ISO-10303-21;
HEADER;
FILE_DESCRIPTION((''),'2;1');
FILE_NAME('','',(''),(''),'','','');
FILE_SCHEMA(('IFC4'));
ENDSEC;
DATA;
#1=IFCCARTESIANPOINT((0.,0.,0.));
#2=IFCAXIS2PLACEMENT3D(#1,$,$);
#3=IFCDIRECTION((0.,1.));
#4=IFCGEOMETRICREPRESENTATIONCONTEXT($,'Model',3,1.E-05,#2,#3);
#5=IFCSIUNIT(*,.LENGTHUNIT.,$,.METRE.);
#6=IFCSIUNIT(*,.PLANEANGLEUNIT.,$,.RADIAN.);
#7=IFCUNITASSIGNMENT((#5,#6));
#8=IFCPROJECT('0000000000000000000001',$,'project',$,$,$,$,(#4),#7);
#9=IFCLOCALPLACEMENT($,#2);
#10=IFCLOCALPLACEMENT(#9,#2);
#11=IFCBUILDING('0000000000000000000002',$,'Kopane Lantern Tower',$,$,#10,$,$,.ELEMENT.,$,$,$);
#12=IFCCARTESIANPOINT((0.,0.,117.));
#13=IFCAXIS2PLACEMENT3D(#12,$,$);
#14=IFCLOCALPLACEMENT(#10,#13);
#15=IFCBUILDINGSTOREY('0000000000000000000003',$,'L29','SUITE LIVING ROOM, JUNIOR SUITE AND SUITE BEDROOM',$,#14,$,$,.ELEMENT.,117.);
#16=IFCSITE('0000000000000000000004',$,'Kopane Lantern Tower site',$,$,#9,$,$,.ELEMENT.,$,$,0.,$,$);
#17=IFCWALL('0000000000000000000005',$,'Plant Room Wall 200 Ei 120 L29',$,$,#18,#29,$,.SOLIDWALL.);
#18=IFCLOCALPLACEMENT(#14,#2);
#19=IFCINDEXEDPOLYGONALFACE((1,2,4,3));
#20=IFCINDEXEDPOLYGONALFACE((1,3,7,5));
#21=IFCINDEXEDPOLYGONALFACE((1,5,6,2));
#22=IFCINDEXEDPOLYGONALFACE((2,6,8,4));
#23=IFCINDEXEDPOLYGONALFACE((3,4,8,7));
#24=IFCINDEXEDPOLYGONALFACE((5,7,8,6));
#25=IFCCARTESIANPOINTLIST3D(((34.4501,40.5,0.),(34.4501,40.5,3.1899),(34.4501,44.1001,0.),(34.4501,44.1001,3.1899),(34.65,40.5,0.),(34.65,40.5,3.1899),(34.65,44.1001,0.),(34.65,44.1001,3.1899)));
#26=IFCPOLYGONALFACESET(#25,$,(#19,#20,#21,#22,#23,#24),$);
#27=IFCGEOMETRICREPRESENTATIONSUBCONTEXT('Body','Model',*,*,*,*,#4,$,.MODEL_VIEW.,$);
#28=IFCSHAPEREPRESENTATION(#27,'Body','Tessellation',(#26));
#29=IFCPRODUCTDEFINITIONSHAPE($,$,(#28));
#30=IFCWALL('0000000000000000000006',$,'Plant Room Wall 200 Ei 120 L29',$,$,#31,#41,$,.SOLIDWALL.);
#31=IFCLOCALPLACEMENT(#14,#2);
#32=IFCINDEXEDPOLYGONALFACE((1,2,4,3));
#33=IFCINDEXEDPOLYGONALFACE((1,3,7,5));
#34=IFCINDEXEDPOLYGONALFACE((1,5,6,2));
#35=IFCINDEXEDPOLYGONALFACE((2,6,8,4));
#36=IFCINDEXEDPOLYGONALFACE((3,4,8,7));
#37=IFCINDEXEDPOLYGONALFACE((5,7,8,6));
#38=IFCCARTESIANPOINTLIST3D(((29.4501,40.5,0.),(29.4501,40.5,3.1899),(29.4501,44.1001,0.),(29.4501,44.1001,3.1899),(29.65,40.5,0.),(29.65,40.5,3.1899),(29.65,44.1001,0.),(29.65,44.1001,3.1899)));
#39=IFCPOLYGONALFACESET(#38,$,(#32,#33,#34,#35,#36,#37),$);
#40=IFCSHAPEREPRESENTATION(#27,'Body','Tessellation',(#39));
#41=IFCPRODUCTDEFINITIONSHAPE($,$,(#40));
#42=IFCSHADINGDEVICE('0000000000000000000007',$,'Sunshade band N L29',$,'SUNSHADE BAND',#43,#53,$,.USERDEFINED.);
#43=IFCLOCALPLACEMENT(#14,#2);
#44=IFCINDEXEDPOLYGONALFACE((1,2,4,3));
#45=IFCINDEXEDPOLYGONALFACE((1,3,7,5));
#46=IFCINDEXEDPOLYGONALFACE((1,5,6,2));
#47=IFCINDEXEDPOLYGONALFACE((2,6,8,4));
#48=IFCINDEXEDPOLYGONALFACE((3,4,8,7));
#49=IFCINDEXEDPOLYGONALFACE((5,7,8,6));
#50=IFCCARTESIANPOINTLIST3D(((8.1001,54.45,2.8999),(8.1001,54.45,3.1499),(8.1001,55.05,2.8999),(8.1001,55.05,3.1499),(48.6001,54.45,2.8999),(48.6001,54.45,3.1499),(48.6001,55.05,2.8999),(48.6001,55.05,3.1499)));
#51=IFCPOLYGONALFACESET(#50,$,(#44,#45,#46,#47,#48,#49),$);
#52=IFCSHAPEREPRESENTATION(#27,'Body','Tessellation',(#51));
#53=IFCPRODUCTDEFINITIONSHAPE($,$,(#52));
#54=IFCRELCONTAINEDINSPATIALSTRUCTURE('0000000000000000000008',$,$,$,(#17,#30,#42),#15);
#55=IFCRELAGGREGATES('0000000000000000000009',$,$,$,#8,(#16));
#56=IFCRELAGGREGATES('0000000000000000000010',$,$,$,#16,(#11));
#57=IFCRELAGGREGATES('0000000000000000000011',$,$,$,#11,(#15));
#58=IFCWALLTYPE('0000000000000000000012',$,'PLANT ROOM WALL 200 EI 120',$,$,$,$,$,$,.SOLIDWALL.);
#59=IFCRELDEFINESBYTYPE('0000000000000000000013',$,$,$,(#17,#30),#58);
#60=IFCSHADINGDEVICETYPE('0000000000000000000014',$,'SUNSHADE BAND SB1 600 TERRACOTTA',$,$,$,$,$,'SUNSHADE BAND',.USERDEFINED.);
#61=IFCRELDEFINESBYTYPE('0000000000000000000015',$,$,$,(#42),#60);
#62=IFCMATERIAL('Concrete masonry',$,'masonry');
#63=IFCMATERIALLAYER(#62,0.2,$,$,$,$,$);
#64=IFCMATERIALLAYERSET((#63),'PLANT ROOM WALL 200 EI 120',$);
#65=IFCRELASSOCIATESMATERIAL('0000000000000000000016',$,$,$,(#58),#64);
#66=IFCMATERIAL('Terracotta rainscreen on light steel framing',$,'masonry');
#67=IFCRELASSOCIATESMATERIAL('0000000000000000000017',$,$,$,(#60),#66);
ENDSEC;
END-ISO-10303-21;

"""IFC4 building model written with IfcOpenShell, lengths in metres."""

from ifc_helpers import new_model, si_unit, direction, frame, frame_2d, origin, origin_2d, place, context, subcontext, project, spatial, rectangle, extrude, material, layer, layer_set, type_object, element, save


model = new_model("IFC4")

# Units and contexts
model_context = context("Model", 3, precision=1e-05, world=origin(), true_north=direction((0.0, 1.0)))
body_context = subcontext(model_context, "Body", "Model", "MODEL_VIEW")
ifc_project = project(units=[si_unit("LENGTHUNIT", "METRE"), si_unit("PLANEANGLEUNIT", "RADIAN")], contexts=[model_context])

# Site, building, storey
site_placement = place(None, origin())
site = spatial("IfcSite", under=ifc_project, at=site_placement, Name="Kopane Lantern Tower site", CompositionType="ELEMENT", RefElevation=0.0)
building_placement = place(site_placement, origin())
building = spatial("IfcBuilding", under=site, at=building_placement, Name="Kopane Lantern Tower", CompositionType="ELEMENT")
storey_placement = place(building_placement, frame((0.0, 0.0, 117.0)))
storey = spatial("IfcBuildingStorey", under=building, at=storey_placement, Name="L29", Description="SUITE LIVING ROOM, JUNIOR SUITE AND SUITE BEDROOM", CompositionType="ELEMENT", Elevation=117.0)

# Walls
ifc_material_1 = material(Name="Concrete masonry", Category="masonry")
ifc_layer_1 = layer(ifc_material_1, 0.2)
ifc_layer_set_1 = layer_set([ifc_layer_1], Name="PLANT ROOM WALL 200 EI 120")
wall_type_1 = type_object("IfcWallType", Name="PLANT ROOM WALL 200 EI 120", PredefinedType="SOLIDWALL", material=ifc_layer_set_1)
for number, where, z_axis, x_axis, name in (
    (1, (34.55, 44.1001, 0.0), (0.0, 0.0, 1.0), (0.0, -1.0, 0.0), "Plant Room Wall 200 Ei 120 L29"),
    (2, (29.55, 40.5, 0.0), (0.0, 0.0, 1.0), (0.0, 1.0, 0.0), "Plant Room Wall 200 Ei 120 L29"),
):
    element("IfcWall", number, at=place(storey_placement, frame(where, z_axis=z_axis, x_axis=x_axis)), inside=storey, type_object=wall_type_1, Name=name, PredefinedType="SOLIDWALL", context=body_context, shape_type="SweptSolid", body=[
        extrude(rectangle(XDim=3.6001, YDim=0.2, at=frame_2d((1.8, 0.0))), origin(), (0.0, 0.0, 1.0), 3.1899),
    ])

# Shading device
ifc_material_2 = material(Name="Terracotta rainscreen on light steel framing", Category="masonry")
shading_device_type = type_object("IfcShadingDeviceType", Name="SUNSHADE BAND SB1 600 TERRACOTTA", ElementType="SUNSHADE BAND", PredefinedType="USERDEFINED", material=ifc_material_2)
shading_device_placement = place(storey_placement, frame((28.3501, 54.75, 2.8999), z_axis=(0.0, 0.0, 1.0), x_axis=(-1.0, 0.0, 0.0)))
element("IfcShadingDevice", 3, at=shading_device_placement, inside=storey, type_object=shading_device_type, Name="Sunshade band N L29", ObjectType="SUNSHADE BAND", PredefinedType="USERDEFINED", context=body_context, shape_type="SweptSolid", body=[
    extrude(rectangle(XDim=40.5, YDim=0.6001, at=origin_2d()), origin(), (0.0, 0.0, 1.0), 0.25),
])

save(model, "model.ifc")
